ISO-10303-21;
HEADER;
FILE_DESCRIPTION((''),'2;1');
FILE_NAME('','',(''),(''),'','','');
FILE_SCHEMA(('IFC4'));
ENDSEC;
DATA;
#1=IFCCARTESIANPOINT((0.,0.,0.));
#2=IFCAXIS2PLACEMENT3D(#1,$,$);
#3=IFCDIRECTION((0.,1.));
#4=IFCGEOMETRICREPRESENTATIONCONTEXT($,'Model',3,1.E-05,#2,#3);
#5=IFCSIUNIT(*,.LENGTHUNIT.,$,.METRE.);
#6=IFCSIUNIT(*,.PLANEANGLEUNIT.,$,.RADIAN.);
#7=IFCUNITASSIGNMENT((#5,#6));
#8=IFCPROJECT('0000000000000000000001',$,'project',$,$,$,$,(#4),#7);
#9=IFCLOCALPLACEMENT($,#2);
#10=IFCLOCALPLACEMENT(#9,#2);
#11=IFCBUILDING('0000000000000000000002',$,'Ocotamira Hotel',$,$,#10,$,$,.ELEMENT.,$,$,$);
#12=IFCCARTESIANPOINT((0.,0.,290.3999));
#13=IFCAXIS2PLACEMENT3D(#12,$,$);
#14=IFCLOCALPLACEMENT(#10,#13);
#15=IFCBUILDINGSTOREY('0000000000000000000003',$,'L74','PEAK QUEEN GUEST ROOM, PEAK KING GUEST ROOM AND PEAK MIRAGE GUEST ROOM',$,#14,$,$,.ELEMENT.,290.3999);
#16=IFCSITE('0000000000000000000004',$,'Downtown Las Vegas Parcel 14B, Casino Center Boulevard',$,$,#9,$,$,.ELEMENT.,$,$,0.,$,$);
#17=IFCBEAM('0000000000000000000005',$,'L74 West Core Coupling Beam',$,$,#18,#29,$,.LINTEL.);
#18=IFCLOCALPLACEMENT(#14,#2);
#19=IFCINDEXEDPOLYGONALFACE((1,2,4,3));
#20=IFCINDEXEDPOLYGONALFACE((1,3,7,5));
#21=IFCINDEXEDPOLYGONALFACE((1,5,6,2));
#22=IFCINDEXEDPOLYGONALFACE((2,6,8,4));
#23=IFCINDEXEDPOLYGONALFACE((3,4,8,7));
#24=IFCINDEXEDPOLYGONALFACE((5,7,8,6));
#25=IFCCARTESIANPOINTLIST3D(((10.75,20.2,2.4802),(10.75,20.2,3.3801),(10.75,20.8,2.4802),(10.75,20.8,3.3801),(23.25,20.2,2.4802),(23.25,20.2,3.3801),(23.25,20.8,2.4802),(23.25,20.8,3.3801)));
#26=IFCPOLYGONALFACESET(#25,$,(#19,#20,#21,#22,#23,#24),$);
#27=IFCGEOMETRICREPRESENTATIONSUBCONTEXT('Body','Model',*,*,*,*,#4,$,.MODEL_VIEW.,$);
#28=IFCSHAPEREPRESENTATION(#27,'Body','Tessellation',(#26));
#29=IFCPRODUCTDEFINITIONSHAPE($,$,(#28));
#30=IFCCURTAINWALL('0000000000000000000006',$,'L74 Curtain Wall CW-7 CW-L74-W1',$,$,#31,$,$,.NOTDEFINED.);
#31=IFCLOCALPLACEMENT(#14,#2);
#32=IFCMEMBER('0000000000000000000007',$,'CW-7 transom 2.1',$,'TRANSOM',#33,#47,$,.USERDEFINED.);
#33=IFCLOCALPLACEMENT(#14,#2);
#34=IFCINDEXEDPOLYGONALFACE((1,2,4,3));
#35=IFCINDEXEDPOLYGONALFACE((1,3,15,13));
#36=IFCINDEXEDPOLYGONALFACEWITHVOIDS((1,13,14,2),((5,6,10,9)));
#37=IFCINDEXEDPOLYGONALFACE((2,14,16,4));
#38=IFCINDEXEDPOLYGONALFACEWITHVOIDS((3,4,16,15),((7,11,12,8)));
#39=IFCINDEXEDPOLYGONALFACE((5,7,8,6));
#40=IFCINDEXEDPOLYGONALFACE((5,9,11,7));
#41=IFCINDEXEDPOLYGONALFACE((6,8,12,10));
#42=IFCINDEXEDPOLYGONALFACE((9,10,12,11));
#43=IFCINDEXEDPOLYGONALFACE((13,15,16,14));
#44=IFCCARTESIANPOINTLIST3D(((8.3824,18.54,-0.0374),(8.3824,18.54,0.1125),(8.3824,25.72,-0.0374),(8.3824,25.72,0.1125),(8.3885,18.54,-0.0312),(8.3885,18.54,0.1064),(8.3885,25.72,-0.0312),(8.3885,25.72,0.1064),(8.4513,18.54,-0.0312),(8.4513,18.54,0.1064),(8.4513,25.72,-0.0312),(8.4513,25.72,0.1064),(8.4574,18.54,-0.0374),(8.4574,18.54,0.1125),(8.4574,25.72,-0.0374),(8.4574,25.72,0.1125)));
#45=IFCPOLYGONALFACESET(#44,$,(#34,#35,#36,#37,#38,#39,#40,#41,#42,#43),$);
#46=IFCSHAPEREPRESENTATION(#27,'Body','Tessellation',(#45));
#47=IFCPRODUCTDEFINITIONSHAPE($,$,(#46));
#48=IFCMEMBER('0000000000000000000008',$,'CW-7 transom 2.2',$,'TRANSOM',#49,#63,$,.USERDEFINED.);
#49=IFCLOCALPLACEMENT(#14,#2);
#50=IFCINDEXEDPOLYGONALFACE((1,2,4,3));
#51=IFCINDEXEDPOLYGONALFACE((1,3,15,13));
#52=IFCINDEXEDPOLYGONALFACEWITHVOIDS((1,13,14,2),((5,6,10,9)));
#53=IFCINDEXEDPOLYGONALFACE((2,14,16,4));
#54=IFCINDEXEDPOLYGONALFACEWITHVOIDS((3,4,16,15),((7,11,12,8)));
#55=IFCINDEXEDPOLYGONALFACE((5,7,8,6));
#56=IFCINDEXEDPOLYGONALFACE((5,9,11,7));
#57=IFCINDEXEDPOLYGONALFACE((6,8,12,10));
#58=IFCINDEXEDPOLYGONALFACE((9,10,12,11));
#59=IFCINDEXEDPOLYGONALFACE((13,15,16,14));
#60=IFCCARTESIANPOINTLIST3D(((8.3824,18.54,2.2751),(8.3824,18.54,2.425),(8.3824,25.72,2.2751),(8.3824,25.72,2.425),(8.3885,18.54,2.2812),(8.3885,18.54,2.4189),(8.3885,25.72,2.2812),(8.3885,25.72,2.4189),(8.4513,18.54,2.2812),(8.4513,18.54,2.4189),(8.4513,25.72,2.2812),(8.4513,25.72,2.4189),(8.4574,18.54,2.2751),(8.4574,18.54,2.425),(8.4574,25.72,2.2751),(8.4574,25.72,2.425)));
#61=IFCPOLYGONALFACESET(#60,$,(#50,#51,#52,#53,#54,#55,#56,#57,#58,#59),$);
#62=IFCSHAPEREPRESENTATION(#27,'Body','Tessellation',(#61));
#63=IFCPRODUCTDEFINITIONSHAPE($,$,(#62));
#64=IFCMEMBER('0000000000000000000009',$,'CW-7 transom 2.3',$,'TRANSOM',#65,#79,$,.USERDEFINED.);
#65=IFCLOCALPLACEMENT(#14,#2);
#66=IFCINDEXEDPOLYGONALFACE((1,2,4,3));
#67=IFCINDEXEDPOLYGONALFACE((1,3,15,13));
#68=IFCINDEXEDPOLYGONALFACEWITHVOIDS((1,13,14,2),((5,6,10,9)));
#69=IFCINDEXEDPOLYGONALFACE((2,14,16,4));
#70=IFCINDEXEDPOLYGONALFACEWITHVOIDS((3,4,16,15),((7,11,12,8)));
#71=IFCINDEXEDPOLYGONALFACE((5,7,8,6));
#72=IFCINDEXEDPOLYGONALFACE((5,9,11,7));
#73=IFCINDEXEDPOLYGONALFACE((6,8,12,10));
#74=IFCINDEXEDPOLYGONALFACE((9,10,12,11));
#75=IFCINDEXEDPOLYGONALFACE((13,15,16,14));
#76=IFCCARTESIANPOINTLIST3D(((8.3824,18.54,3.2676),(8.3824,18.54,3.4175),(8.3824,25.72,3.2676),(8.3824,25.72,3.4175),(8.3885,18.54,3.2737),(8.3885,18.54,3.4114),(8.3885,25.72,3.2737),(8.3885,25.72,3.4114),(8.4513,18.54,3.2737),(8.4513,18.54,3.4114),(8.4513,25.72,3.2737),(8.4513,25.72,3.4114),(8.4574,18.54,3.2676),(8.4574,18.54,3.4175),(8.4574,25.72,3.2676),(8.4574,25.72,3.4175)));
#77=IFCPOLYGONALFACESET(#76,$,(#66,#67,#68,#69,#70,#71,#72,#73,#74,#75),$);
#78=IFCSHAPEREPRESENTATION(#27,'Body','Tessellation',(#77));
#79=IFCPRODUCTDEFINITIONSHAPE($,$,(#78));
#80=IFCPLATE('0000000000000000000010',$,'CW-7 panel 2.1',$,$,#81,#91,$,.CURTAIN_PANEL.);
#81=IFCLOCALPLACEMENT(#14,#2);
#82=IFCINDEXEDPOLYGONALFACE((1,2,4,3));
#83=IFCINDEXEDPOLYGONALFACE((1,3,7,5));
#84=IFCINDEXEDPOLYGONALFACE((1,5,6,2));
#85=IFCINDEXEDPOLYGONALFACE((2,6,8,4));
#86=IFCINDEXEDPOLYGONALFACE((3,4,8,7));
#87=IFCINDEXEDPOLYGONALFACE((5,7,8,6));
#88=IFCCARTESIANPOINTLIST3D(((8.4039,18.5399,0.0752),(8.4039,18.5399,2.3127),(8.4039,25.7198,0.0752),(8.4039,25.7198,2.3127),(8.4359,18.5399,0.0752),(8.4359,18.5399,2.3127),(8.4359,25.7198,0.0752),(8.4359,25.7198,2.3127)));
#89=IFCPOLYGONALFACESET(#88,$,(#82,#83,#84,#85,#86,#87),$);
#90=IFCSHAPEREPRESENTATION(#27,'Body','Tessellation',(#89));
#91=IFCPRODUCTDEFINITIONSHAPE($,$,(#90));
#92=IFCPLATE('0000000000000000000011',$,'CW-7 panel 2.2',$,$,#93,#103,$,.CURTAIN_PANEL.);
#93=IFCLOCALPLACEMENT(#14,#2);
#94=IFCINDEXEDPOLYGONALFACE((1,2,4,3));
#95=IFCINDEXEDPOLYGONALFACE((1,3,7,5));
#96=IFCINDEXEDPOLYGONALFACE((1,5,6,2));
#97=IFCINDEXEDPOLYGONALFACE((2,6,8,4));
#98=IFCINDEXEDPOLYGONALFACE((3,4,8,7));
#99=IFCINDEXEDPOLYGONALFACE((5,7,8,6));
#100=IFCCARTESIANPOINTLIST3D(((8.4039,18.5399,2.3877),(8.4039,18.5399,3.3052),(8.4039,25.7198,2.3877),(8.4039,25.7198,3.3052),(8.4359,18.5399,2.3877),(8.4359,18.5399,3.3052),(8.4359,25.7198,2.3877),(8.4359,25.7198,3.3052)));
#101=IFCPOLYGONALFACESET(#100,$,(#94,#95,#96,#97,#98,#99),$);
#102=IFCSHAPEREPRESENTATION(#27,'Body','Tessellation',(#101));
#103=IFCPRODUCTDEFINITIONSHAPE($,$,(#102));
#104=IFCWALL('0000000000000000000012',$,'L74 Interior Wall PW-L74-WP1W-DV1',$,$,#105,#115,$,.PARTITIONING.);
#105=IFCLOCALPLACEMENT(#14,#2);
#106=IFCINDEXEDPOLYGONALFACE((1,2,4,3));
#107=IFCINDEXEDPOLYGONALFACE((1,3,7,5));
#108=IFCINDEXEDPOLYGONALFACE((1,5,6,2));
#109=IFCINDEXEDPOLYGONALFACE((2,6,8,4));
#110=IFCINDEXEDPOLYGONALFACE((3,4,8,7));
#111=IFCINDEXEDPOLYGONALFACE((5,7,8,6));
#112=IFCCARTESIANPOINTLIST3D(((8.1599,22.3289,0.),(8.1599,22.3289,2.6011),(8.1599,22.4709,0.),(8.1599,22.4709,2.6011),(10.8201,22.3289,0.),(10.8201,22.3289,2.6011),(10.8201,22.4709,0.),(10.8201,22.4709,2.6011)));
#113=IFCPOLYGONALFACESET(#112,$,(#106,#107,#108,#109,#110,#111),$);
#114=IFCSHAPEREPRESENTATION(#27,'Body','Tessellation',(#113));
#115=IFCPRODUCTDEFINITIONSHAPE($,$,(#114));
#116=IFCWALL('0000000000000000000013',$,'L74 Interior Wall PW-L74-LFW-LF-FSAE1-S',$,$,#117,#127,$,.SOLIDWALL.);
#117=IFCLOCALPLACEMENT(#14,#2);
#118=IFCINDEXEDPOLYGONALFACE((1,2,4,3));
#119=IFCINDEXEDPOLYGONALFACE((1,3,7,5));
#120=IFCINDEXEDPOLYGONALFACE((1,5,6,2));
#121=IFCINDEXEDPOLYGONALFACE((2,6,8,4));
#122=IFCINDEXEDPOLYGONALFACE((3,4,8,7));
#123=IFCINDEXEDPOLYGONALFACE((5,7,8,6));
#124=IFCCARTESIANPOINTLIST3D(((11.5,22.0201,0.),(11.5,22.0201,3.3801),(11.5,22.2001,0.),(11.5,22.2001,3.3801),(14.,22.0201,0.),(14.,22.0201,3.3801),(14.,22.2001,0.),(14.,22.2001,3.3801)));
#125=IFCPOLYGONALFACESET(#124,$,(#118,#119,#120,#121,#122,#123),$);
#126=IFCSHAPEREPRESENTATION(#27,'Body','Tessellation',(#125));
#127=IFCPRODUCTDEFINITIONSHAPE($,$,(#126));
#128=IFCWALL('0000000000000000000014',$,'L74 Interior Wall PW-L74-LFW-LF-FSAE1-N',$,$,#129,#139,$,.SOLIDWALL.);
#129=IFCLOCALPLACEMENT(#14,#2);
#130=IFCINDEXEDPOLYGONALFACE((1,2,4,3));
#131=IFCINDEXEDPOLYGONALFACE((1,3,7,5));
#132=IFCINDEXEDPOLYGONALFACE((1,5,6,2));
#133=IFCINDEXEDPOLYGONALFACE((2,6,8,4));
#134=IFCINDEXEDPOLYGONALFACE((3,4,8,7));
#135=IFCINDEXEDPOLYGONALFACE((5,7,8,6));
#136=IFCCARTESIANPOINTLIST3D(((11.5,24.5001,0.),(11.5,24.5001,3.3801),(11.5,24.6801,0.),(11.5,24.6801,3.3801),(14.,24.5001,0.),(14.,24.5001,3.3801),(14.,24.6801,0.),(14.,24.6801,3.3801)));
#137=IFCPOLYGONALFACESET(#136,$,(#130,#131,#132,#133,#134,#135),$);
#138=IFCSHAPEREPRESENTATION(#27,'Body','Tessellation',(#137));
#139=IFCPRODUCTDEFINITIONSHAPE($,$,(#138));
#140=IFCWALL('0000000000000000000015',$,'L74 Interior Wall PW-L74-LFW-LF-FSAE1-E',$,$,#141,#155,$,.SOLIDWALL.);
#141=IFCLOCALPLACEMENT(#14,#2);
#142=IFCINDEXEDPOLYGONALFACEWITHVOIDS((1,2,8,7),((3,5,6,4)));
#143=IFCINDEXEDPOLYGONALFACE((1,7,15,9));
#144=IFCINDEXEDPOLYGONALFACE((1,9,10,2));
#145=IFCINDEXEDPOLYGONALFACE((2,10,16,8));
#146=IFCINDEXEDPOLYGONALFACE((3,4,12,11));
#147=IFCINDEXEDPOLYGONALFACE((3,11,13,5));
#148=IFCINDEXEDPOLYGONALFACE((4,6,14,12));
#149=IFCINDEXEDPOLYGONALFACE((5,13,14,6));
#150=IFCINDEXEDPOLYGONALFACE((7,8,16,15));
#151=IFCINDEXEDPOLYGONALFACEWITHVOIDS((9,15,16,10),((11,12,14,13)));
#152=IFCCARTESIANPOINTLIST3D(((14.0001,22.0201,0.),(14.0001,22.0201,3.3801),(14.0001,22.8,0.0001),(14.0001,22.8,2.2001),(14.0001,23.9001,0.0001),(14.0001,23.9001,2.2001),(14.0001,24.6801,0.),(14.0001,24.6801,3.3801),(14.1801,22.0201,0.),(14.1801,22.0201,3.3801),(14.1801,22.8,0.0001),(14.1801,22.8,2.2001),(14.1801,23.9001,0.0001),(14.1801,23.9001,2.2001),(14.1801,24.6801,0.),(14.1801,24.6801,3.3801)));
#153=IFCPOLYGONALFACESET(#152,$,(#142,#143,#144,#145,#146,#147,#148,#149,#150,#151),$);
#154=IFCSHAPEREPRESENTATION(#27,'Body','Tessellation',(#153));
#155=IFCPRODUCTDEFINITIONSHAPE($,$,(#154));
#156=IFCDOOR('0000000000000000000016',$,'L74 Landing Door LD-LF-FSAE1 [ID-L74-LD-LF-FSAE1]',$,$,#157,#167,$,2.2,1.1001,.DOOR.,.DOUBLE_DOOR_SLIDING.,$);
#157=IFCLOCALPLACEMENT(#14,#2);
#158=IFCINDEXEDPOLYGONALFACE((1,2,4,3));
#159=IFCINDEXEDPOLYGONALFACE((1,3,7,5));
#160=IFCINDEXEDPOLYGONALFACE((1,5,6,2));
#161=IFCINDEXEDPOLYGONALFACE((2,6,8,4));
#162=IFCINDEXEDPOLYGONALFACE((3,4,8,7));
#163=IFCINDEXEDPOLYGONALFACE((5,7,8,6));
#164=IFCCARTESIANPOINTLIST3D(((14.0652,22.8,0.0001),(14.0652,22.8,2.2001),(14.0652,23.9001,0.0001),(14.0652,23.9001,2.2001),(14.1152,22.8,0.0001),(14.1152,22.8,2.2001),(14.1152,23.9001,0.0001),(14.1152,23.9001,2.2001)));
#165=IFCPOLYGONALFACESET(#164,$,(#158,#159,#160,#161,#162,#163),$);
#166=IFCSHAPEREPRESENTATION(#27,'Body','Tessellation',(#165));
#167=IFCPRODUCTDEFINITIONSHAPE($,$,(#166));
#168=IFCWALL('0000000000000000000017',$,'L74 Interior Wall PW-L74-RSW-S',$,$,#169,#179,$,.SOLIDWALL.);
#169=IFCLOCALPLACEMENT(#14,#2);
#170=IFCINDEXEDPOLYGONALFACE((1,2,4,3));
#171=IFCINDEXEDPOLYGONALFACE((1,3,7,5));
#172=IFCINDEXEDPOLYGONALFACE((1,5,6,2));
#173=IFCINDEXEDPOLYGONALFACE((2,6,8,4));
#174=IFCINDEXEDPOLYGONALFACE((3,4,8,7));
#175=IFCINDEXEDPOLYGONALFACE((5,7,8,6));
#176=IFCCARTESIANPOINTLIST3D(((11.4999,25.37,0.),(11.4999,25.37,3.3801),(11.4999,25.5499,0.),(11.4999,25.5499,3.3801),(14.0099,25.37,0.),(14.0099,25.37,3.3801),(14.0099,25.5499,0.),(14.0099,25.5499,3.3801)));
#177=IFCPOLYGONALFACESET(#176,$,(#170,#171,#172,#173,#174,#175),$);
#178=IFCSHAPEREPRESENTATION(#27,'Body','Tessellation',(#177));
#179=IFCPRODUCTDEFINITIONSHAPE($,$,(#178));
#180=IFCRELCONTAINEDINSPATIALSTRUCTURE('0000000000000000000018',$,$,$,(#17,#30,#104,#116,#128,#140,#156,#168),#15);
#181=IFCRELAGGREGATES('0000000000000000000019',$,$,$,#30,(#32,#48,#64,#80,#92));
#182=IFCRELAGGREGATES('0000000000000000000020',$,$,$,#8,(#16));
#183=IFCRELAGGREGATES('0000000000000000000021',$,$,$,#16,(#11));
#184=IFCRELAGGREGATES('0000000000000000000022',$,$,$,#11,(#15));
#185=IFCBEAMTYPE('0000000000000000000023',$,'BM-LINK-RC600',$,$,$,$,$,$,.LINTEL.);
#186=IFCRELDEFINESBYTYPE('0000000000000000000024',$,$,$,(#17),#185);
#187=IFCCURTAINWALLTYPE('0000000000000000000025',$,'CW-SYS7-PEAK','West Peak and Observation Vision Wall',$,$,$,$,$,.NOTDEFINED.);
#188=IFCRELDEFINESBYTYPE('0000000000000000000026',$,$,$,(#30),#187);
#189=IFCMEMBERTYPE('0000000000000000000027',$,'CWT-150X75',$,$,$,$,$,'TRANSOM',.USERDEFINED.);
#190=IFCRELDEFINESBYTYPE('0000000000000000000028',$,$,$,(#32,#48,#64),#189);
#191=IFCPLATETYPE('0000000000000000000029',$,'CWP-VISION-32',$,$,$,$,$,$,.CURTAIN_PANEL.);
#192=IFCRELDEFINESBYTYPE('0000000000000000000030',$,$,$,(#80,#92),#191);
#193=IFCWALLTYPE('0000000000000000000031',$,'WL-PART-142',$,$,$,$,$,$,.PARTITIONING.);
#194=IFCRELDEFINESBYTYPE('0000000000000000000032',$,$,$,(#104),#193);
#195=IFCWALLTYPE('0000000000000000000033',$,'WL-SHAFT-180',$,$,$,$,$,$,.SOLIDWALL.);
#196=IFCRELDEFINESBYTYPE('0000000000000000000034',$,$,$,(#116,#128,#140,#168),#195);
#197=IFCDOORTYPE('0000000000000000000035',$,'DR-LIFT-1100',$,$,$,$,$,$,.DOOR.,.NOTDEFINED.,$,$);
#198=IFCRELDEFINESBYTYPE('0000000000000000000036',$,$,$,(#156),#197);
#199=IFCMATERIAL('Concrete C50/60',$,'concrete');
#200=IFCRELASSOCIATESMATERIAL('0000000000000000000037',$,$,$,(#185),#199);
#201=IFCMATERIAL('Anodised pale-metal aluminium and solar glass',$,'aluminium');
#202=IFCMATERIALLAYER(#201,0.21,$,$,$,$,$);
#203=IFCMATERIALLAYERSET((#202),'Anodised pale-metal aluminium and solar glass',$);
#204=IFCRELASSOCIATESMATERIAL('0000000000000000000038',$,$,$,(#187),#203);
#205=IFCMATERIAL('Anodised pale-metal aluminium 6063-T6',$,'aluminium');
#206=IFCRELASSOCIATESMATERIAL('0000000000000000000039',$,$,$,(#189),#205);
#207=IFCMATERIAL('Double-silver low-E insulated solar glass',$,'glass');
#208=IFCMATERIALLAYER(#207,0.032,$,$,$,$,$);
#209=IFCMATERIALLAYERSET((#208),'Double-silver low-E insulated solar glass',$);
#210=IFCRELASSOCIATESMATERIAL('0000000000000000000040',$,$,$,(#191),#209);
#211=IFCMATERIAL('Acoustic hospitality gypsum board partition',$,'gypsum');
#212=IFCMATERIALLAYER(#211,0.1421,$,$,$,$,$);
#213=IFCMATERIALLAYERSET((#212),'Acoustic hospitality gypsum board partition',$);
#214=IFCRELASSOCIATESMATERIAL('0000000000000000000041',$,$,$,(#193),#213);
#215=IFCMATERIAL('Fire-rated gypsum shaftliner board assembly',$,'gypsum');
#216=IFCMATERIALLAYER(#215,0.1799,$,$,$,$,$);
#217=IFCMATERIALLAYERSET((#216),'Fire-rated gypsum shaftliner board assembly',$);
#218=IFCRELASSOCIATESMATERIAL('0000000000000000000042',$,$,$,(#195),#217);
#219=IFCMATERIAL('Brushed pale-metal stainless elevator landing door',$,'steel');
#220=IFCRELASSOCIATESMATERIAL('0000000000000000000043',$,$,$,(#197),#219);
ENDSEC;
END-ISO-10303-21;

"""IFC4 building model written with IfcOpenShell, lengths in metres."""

from ifc_helpers import new_model, si_unit, direction, frame, frame_2d, origin, origin_2d, place, context, subcontext, project, spatial, rectangle, hollow_rectangle, extrude, source, transform, mapped, material, layer, layer_set, material_profile, profile_set, type_object, element, fill, aggregate, save


model = new_model("IFC4")

# Units and contexts
model_context = context("Model", 3, precision=1e-05, world=origin(), true_north=direction((0.0, 1.0)))
body_context = subcontext(model_context, "Body", "Model", "MODEL_VIEW")
ifc_project = project(units=[si_unit("LENGTHUNIT", "METRE"), si_unit("PLANEANGLEUNIT", "RADIAN")], contexts=[model_context])

# Site, building, storey
site_placement = place(None, origin())
site = spatial("IfcSite", under=ifc_project, at=site_placement, Name="Downtown Las Vegas Parcel 14B, Casino Center Boulevard", CompositionType="ELEMENT", RefElevation=0.0)
building_placement = place(site_placement, origin())
building = spatial("IfcBuilding", under=site, at=building_placement, Name="Ocotamira Hotel", CompositionType="ELEMENT")
storey_placement = place(building_placement, frame((0.0, 0.0, 290.3999)))
storey = spatial("IfcBuildingStorey", under=building, at=storey_placement, Name="L74", Description="PEAK QUEEN GUEST ROOM, PEAK KING GUEST ROOM AND PEAK MIRAGE GUEST ROOM", CompositionType="ELEMENT", Elevation=290.3999)

# Beam
ifc_material_1 = material(Name="Concrete C50/60", Category="concrete")
ifc_material_profile_1 = material_profile(ifc_material_1, rectangle(XDim=0.6001, YDim=0.8999, at=origin_2d()), Name="RC600X900")
ifc_profile_set_1 = profile_set([ifc_material_profile_1], Name="Concrete C50/60")
beam_type = type_object("IfcBeamType", Name="BM-LINK-RC600", PredefinedType="LINTEL", material=ifc_profile_set_1)
shared_shape_1 = source(origin(), body_context, "Body", "SweptSolid", [
    extrude(rectangle(XDim=0.6001, YDim=0.8999, at=origin_2d()), origin(), (0.0, 0.0, 1.0), 12.5),
])
beam_placement = place(storey_placement, frame((10.75, 20.5, 2.9302), z_axis=(1.0, 0.0, 0.0), x_axis=(0.0, 1.0, 0.0)))
element("IfcBeam", 1, at=beam_placement, inside=storey, type_object=beam_type, Name="L74 West Core Coupling Beam", PredefinedType="LINTEL", context=body_context, shape_type="MappedRepresentation", body=[
    mapped(shared_shape_1, transform((0.0, 0.0, 0.0), scale=1.0)),
])

# Curtain wall, members, plates
ifc_material_2 = material(Name="Anodised pale-metal aluminium and solar glass", Category="aluminium")
ifc_layer_1 = layer(ifc_material_2, 0.21)
ifc_layer_set_1 = layer_set([ifc_layer_1], Name="Anodised pale-metal aluminium and solar glass")
curtain_wall_type = type_object("IfcCurtainWallType", Name="CW-SYS7-PEAK", Description="West Peak and Observation Vision Wall", PredefinedType="NOTDEFINED", material=ifc_layer_set_1)
curtain_wall_placement = place(storey_placement, origin())
curtain_wall = element("IfcCurtainWall", 2, at=curtain_wall_placement, inside=storey, type_object=curtain_wall_type, Name="L74 Curtain Wall CW-7 CW-L74-W1", PredefinedType="NOTDEFINED")
ifc_material_3 = material(Name="Anodised pale-metal aluminium 6063-T6", Category="aluminium")
ifc_material_profile_2 = material_profile(ifc_material_3, hollow_rectangle(XDim=0.075, YDim=0.1499, WallThickness=0.0061, at=origin_2d()), Name="HSS150X75X6")
ifc_profile_set_2 = profile_set([ifc_material_profile_2], Name="Anodised pale-metal aluminium 6063-T6")
member_type = type_object("IfcMemberType", Name="CWT-150X75", ElementType="TRANSOM", PredefinedType="USERDEFINED", material=ifc_profile_set_2)
shared_shape_2 = source(origin(), body_context, "Body", "SweptSolid", [
    extrude(hollow_rectangle(XDim=0.075, YDim=0.1499, WallThickness=0.0061, at=origin_2d()), origin(), (0.0, 0.0, 1.0), 7.1799),
])
member_1_placement = place(storey_placement, frame((8.4199, 18.54, 0.0376), z_axis=(0.0, 1.0, 0.0), x_axis=(-1.0, 0.0, 0.0)))
member_1 = element("IfcMember", 3, at=member_1_placement, type_object=member_type, Name="CW-7 transom 2.1", ObjectType="TRANSOM", PredefinedType="USERDEFINED", context=body_context, shape_type="MappedRepresentation", body=[
    mapped(shared_shape_2, transform((0.0, 0.0, 0.0), scale=1.0)),
])
member_2_placement = place(storey_placement, frame((8.4199, 18.54, 2.3501), z_axis=(0.0, 1.0, 0.0), x_axis=(-1.0, 0.0, 0.0)))
member_2 = element("IfcMember", 4, at=member_2_placement, type_object=member_type, Name="CW-7 transom 2.2", ObjectType="TRANSOM", PredefinedType="USERDEFINED", context=body_context, shape_type="MappedRepresentation", body=[
    mapped(shared_shape_2, transform((0.0, 0.0, 0.0), scale=1.0)),
])
member_3_placement = place(storey_placement, frame((8.4199, 18.54, 3.3425), z_axis=(0.0, 1.0, 0.0), x_axis=(-1.0, 0.0, 0.0)))
member_3 = element("IfcMember", 5, at=member_3_placement, type_object=member_type, Name="CW-7 transom 2.3", ObjectType="TRANSOM", PredefinedType="USERDEFINED", context=body_context, shape_type="MappedRepresentation", body=[
    mapped(shared_shape_2, transform((0.0, 0.0, 0.0), scale=1.0)),
])
ifc_material_4 = material(Name="Double-silver low-E insulated solar glass", Category="glass")
ifc_layer_2 = layer(ifc_material_4, 0.032)
ifc_layer_set_2 = layer_set([ifc_layer_2], Name="Double-silver low-E insulated solar glass")
plate_type = type_object("IfcPlateType", Name="CWP-VISION-32", PredefinedType="CURTAIN_PANEL", material=ifc_layer_set_2)
shared_shape_3 = source(origin(), body_context, "Body", "SweptSolid", [
    extrude(rectangle(XDim=7.1799, YDim=0.032, at=origin_2d()), origin(), (0.0, 0.0, 1.0), 2.2375),
])
plate_1_placement = place(storey_placement, frame((8.4199, 22.1299, 0.0752), z_axis=(0.0, 0.0, 1.0), x_axis=(0.0, 1.0, 0.0)))
plate_1 = element("IfcPlate", 6, at=plate_1_placement, type_object=plate_type, Name="CW-7 panel 2.1", PredefinedType="CURTAIN_PANEL", context=body_context, shape_type="MappedRepresentation", body=[
    mapped(shared_shape_3, transform((0.0, 0.0, 0.0), scale=1.0)),
])
shared_shape_4 = source(origin(), body_context, "Body", "SweptSolid", [
    extrude(rectangle(XDim=7.1799, YDim=0.032, at=origin_2d()), origin(), (0.0, 0.0, 1.0), 0.9175),
])
plate_2_placement = place(storey_placement, frame((8.4199, 22.1299, 2.3877), z_axis=(0.0, 0.0, 1.0), x_axis=(0.0, 1.0, 0.0)))
plate_2 = element("IfcPlate", 7, at=plate_2_placement, type_object=plate_type, Name="CW-7 panel 2.2", PredefinedType="CURTAIN_PANEL", context=body_context, shape_type="MappedRepresentation", body=[
    mapped(shared_shape_4, transform((0.0, 0.0, 0.0), scale=1.0)),
])
aggregate(curtain_wall, [member_1, member_2, member_3, plate_1, plate_2])

# Walls
ifc_material_5 = material(Name="Acoustic hospitality gypsum board partition", Category="gypsum")
ifc_layer_3 = layer(ifc_material_5, 0.1421)
ifc_layer_set_3 = layer_set([ifc_layer_3], Name="Acoustic hospitality gypsum board partition")
wall_type_1 = type_object("IfcWallType", Name="WL-PART-142", PredefinedType="PARTITIONING", material=ifc_layer_set_3)
wall_1_placement = place(storey_placement, frame((8.1599, 22.3999, 0.0), z_axis=(0.0, 0.0, 1.0), x_axis=(1.0, 0.0, 0.0)))
element("IfcWall", 8, at=wall_1_placement, inside=storey, type_object=wall_type_1, Name="L74 Interior Wall PW-L74-WP1W-DV1", PredefinedType="PARTITIONING", context=body_context, shape_type="SweptSolid", body=[
    extrude(rectangle(XDim=2.6602, YDim=0.1421, at=frame_2d((1.3301, 0.0))), origin(), (0.0, 0.0, 1.0), 2.6011),
])
ifc_material_6 = material(Name="Fire-rated gypsum shaftliner board assembly", Category="gypsum")
ifc_layer_4 = layer(ifc_material_6, 0.1799)
ifc_layer_set_4 = layer_set([ifc_layer_4], Name="Fire-rated gypsum shaftliner board assembly")
wall_type_2 = type_object("IfcWallType", Name="WL-SHAFT-180", PredefinedType="SOLIDWALL", material=ifc_layer_set_4)
for number, where, z_axis, x_axis, name in (
    (9, (11.5, 22.1101, 0.0), (0.0, 0.0, 1.0), (1.0, 0.0, 0.0), "L74 Interior Wall PW-L74-LFW-LF-FSAE1-S"),
    (10, (11.5, 24.5901, 0.0), (0.0, 0.0, 1.0), (1.0, 0.0, 0.0), "L74 Interior Wall PW-L74-LFW-LF-FSAE1-N"),
):
    element("IfcWall", number, at=place(storey_placement, frame(where, z_axis=z_axis, x_axis=x_axis)), inside=storey, type_object=wall_type_2, Name=name, PredefinedType="SOLIDWALL", context=body_context, shape_type="SweptSolid", body=[
        extrude(rectangle(XDim=2.5, YDim=0.1799, at=frame_2d((1.25, 0.0))), origin(), (0.0, 0.0, 1.0), 3.3801),
    ])

# Wall, opening, door
wall_2_placement = place(storey_placement, frame((14.0901, 22.02, 0.0), z_axis=(0.0, 0.0, 1.0), x_axis=(0.0, 1.0, 0.0)))
wall_2 = element("IfcWall", 11, at=wall_2_placement, inside=storey, type_object=wall_type_2, Name="L74 Interior Wall PW-L74-LFW-LF-FSAE1-E", PredefinedType="SOLIDWALL", context=body_context, shape_type="SweptSolid", body=[
    extrude(rectangle(XDim=2.6599, YDim=0.1799, at=frame_2d((1.3301, 0.0))), origin(), (0.0, 0.0, 1.0), 3.3801),
])
opening_1_placement = place(wall_2_placement, frame((0.78, 0.0, 0.0)))
opening_1 = element("IfcOpeningElement", 12, at=opening_1_placement, cuts=wall_2, PredefinedType="OPENING", context=body_context, shape_type="SweptSolid", body=[
    extrude(rectangle(XDim=1.1001, YDim=2.2, at=frame_2d((0.55, 1.1001))), frame((0.0, 0.1001, 0.0), z_axis=(0.0, -1.0, 0.0), x_axis=(1.0, 0.0, 0.0)), (0.0, 0.0, 1.0), 0.2),
])
ifc_material_7 = material(Name="Brushed pale-metal stainless elevator landing door", Category="steel")
door_type_1 = type_object("IfcDoorType", Name="DR-LIFT-1100", OperationType="NOTDEFINED", PredefinedType="DOOR", material=ifc_material_7)
shared_shape_5 = source(origin(), body_context, "Body", "SweptSolid", [
    extrude(rectangle(XDim=1.1001, YDim=2.2, at=frame_2d((0.55, 1.1001))), frame((0.0, 0.0249, 0.0), z_axis=(0.0, -1.0, 0.0), x_axis=(1.0, 0.0, 0.0)), (0.0, 0.0, 1.0), 0.05),
])
door_1_placement = place(opening_1_placement, origin())
door_1 = element("IfcDoor", 13, at=door_1_placement, inside=storey, type_object=door_type_1, Name="L74 Landing Door LD-LF-FSAE1 [ID-L74-LD-LF-FSAE1]", OperationType="DOUBLE_DOOR_SLIDING", OverallHeight=2.2, OverallWidth=1.1001, PredefinedType="DOOR", context=body_context, shape_type="MappedRepresentation", body=[
    mapped(shared_shape_5, transform((0.0, 0.0, 0.0), scale=1.0)),
])
fill(opening_1, door_1)

# Wall
wall_3_placement = place(storey_placement, frame((11.5, 25.46, 0.0), z_axis=(0.0, 0.0, 1.0), x_axis=(1.0, 0.0, 0.0)))
element("IfcWall", 14, at=wall_3_placement, inside=storey, type_object=wall_type_2, Name="L74 Interior Wall PW-L74-RSW-S", PredefinedType="SOLIDWALL", context=body_context, shape_type="SweptSolid", body=[
    extrude(rectangle(XDim=2.51, YDim=0.1799, at=frame_2d((1.2549, 0.0))), origin(), (0.0, 0.0, 1.0), 3.3801),
])

save(model, "model.ifc")
